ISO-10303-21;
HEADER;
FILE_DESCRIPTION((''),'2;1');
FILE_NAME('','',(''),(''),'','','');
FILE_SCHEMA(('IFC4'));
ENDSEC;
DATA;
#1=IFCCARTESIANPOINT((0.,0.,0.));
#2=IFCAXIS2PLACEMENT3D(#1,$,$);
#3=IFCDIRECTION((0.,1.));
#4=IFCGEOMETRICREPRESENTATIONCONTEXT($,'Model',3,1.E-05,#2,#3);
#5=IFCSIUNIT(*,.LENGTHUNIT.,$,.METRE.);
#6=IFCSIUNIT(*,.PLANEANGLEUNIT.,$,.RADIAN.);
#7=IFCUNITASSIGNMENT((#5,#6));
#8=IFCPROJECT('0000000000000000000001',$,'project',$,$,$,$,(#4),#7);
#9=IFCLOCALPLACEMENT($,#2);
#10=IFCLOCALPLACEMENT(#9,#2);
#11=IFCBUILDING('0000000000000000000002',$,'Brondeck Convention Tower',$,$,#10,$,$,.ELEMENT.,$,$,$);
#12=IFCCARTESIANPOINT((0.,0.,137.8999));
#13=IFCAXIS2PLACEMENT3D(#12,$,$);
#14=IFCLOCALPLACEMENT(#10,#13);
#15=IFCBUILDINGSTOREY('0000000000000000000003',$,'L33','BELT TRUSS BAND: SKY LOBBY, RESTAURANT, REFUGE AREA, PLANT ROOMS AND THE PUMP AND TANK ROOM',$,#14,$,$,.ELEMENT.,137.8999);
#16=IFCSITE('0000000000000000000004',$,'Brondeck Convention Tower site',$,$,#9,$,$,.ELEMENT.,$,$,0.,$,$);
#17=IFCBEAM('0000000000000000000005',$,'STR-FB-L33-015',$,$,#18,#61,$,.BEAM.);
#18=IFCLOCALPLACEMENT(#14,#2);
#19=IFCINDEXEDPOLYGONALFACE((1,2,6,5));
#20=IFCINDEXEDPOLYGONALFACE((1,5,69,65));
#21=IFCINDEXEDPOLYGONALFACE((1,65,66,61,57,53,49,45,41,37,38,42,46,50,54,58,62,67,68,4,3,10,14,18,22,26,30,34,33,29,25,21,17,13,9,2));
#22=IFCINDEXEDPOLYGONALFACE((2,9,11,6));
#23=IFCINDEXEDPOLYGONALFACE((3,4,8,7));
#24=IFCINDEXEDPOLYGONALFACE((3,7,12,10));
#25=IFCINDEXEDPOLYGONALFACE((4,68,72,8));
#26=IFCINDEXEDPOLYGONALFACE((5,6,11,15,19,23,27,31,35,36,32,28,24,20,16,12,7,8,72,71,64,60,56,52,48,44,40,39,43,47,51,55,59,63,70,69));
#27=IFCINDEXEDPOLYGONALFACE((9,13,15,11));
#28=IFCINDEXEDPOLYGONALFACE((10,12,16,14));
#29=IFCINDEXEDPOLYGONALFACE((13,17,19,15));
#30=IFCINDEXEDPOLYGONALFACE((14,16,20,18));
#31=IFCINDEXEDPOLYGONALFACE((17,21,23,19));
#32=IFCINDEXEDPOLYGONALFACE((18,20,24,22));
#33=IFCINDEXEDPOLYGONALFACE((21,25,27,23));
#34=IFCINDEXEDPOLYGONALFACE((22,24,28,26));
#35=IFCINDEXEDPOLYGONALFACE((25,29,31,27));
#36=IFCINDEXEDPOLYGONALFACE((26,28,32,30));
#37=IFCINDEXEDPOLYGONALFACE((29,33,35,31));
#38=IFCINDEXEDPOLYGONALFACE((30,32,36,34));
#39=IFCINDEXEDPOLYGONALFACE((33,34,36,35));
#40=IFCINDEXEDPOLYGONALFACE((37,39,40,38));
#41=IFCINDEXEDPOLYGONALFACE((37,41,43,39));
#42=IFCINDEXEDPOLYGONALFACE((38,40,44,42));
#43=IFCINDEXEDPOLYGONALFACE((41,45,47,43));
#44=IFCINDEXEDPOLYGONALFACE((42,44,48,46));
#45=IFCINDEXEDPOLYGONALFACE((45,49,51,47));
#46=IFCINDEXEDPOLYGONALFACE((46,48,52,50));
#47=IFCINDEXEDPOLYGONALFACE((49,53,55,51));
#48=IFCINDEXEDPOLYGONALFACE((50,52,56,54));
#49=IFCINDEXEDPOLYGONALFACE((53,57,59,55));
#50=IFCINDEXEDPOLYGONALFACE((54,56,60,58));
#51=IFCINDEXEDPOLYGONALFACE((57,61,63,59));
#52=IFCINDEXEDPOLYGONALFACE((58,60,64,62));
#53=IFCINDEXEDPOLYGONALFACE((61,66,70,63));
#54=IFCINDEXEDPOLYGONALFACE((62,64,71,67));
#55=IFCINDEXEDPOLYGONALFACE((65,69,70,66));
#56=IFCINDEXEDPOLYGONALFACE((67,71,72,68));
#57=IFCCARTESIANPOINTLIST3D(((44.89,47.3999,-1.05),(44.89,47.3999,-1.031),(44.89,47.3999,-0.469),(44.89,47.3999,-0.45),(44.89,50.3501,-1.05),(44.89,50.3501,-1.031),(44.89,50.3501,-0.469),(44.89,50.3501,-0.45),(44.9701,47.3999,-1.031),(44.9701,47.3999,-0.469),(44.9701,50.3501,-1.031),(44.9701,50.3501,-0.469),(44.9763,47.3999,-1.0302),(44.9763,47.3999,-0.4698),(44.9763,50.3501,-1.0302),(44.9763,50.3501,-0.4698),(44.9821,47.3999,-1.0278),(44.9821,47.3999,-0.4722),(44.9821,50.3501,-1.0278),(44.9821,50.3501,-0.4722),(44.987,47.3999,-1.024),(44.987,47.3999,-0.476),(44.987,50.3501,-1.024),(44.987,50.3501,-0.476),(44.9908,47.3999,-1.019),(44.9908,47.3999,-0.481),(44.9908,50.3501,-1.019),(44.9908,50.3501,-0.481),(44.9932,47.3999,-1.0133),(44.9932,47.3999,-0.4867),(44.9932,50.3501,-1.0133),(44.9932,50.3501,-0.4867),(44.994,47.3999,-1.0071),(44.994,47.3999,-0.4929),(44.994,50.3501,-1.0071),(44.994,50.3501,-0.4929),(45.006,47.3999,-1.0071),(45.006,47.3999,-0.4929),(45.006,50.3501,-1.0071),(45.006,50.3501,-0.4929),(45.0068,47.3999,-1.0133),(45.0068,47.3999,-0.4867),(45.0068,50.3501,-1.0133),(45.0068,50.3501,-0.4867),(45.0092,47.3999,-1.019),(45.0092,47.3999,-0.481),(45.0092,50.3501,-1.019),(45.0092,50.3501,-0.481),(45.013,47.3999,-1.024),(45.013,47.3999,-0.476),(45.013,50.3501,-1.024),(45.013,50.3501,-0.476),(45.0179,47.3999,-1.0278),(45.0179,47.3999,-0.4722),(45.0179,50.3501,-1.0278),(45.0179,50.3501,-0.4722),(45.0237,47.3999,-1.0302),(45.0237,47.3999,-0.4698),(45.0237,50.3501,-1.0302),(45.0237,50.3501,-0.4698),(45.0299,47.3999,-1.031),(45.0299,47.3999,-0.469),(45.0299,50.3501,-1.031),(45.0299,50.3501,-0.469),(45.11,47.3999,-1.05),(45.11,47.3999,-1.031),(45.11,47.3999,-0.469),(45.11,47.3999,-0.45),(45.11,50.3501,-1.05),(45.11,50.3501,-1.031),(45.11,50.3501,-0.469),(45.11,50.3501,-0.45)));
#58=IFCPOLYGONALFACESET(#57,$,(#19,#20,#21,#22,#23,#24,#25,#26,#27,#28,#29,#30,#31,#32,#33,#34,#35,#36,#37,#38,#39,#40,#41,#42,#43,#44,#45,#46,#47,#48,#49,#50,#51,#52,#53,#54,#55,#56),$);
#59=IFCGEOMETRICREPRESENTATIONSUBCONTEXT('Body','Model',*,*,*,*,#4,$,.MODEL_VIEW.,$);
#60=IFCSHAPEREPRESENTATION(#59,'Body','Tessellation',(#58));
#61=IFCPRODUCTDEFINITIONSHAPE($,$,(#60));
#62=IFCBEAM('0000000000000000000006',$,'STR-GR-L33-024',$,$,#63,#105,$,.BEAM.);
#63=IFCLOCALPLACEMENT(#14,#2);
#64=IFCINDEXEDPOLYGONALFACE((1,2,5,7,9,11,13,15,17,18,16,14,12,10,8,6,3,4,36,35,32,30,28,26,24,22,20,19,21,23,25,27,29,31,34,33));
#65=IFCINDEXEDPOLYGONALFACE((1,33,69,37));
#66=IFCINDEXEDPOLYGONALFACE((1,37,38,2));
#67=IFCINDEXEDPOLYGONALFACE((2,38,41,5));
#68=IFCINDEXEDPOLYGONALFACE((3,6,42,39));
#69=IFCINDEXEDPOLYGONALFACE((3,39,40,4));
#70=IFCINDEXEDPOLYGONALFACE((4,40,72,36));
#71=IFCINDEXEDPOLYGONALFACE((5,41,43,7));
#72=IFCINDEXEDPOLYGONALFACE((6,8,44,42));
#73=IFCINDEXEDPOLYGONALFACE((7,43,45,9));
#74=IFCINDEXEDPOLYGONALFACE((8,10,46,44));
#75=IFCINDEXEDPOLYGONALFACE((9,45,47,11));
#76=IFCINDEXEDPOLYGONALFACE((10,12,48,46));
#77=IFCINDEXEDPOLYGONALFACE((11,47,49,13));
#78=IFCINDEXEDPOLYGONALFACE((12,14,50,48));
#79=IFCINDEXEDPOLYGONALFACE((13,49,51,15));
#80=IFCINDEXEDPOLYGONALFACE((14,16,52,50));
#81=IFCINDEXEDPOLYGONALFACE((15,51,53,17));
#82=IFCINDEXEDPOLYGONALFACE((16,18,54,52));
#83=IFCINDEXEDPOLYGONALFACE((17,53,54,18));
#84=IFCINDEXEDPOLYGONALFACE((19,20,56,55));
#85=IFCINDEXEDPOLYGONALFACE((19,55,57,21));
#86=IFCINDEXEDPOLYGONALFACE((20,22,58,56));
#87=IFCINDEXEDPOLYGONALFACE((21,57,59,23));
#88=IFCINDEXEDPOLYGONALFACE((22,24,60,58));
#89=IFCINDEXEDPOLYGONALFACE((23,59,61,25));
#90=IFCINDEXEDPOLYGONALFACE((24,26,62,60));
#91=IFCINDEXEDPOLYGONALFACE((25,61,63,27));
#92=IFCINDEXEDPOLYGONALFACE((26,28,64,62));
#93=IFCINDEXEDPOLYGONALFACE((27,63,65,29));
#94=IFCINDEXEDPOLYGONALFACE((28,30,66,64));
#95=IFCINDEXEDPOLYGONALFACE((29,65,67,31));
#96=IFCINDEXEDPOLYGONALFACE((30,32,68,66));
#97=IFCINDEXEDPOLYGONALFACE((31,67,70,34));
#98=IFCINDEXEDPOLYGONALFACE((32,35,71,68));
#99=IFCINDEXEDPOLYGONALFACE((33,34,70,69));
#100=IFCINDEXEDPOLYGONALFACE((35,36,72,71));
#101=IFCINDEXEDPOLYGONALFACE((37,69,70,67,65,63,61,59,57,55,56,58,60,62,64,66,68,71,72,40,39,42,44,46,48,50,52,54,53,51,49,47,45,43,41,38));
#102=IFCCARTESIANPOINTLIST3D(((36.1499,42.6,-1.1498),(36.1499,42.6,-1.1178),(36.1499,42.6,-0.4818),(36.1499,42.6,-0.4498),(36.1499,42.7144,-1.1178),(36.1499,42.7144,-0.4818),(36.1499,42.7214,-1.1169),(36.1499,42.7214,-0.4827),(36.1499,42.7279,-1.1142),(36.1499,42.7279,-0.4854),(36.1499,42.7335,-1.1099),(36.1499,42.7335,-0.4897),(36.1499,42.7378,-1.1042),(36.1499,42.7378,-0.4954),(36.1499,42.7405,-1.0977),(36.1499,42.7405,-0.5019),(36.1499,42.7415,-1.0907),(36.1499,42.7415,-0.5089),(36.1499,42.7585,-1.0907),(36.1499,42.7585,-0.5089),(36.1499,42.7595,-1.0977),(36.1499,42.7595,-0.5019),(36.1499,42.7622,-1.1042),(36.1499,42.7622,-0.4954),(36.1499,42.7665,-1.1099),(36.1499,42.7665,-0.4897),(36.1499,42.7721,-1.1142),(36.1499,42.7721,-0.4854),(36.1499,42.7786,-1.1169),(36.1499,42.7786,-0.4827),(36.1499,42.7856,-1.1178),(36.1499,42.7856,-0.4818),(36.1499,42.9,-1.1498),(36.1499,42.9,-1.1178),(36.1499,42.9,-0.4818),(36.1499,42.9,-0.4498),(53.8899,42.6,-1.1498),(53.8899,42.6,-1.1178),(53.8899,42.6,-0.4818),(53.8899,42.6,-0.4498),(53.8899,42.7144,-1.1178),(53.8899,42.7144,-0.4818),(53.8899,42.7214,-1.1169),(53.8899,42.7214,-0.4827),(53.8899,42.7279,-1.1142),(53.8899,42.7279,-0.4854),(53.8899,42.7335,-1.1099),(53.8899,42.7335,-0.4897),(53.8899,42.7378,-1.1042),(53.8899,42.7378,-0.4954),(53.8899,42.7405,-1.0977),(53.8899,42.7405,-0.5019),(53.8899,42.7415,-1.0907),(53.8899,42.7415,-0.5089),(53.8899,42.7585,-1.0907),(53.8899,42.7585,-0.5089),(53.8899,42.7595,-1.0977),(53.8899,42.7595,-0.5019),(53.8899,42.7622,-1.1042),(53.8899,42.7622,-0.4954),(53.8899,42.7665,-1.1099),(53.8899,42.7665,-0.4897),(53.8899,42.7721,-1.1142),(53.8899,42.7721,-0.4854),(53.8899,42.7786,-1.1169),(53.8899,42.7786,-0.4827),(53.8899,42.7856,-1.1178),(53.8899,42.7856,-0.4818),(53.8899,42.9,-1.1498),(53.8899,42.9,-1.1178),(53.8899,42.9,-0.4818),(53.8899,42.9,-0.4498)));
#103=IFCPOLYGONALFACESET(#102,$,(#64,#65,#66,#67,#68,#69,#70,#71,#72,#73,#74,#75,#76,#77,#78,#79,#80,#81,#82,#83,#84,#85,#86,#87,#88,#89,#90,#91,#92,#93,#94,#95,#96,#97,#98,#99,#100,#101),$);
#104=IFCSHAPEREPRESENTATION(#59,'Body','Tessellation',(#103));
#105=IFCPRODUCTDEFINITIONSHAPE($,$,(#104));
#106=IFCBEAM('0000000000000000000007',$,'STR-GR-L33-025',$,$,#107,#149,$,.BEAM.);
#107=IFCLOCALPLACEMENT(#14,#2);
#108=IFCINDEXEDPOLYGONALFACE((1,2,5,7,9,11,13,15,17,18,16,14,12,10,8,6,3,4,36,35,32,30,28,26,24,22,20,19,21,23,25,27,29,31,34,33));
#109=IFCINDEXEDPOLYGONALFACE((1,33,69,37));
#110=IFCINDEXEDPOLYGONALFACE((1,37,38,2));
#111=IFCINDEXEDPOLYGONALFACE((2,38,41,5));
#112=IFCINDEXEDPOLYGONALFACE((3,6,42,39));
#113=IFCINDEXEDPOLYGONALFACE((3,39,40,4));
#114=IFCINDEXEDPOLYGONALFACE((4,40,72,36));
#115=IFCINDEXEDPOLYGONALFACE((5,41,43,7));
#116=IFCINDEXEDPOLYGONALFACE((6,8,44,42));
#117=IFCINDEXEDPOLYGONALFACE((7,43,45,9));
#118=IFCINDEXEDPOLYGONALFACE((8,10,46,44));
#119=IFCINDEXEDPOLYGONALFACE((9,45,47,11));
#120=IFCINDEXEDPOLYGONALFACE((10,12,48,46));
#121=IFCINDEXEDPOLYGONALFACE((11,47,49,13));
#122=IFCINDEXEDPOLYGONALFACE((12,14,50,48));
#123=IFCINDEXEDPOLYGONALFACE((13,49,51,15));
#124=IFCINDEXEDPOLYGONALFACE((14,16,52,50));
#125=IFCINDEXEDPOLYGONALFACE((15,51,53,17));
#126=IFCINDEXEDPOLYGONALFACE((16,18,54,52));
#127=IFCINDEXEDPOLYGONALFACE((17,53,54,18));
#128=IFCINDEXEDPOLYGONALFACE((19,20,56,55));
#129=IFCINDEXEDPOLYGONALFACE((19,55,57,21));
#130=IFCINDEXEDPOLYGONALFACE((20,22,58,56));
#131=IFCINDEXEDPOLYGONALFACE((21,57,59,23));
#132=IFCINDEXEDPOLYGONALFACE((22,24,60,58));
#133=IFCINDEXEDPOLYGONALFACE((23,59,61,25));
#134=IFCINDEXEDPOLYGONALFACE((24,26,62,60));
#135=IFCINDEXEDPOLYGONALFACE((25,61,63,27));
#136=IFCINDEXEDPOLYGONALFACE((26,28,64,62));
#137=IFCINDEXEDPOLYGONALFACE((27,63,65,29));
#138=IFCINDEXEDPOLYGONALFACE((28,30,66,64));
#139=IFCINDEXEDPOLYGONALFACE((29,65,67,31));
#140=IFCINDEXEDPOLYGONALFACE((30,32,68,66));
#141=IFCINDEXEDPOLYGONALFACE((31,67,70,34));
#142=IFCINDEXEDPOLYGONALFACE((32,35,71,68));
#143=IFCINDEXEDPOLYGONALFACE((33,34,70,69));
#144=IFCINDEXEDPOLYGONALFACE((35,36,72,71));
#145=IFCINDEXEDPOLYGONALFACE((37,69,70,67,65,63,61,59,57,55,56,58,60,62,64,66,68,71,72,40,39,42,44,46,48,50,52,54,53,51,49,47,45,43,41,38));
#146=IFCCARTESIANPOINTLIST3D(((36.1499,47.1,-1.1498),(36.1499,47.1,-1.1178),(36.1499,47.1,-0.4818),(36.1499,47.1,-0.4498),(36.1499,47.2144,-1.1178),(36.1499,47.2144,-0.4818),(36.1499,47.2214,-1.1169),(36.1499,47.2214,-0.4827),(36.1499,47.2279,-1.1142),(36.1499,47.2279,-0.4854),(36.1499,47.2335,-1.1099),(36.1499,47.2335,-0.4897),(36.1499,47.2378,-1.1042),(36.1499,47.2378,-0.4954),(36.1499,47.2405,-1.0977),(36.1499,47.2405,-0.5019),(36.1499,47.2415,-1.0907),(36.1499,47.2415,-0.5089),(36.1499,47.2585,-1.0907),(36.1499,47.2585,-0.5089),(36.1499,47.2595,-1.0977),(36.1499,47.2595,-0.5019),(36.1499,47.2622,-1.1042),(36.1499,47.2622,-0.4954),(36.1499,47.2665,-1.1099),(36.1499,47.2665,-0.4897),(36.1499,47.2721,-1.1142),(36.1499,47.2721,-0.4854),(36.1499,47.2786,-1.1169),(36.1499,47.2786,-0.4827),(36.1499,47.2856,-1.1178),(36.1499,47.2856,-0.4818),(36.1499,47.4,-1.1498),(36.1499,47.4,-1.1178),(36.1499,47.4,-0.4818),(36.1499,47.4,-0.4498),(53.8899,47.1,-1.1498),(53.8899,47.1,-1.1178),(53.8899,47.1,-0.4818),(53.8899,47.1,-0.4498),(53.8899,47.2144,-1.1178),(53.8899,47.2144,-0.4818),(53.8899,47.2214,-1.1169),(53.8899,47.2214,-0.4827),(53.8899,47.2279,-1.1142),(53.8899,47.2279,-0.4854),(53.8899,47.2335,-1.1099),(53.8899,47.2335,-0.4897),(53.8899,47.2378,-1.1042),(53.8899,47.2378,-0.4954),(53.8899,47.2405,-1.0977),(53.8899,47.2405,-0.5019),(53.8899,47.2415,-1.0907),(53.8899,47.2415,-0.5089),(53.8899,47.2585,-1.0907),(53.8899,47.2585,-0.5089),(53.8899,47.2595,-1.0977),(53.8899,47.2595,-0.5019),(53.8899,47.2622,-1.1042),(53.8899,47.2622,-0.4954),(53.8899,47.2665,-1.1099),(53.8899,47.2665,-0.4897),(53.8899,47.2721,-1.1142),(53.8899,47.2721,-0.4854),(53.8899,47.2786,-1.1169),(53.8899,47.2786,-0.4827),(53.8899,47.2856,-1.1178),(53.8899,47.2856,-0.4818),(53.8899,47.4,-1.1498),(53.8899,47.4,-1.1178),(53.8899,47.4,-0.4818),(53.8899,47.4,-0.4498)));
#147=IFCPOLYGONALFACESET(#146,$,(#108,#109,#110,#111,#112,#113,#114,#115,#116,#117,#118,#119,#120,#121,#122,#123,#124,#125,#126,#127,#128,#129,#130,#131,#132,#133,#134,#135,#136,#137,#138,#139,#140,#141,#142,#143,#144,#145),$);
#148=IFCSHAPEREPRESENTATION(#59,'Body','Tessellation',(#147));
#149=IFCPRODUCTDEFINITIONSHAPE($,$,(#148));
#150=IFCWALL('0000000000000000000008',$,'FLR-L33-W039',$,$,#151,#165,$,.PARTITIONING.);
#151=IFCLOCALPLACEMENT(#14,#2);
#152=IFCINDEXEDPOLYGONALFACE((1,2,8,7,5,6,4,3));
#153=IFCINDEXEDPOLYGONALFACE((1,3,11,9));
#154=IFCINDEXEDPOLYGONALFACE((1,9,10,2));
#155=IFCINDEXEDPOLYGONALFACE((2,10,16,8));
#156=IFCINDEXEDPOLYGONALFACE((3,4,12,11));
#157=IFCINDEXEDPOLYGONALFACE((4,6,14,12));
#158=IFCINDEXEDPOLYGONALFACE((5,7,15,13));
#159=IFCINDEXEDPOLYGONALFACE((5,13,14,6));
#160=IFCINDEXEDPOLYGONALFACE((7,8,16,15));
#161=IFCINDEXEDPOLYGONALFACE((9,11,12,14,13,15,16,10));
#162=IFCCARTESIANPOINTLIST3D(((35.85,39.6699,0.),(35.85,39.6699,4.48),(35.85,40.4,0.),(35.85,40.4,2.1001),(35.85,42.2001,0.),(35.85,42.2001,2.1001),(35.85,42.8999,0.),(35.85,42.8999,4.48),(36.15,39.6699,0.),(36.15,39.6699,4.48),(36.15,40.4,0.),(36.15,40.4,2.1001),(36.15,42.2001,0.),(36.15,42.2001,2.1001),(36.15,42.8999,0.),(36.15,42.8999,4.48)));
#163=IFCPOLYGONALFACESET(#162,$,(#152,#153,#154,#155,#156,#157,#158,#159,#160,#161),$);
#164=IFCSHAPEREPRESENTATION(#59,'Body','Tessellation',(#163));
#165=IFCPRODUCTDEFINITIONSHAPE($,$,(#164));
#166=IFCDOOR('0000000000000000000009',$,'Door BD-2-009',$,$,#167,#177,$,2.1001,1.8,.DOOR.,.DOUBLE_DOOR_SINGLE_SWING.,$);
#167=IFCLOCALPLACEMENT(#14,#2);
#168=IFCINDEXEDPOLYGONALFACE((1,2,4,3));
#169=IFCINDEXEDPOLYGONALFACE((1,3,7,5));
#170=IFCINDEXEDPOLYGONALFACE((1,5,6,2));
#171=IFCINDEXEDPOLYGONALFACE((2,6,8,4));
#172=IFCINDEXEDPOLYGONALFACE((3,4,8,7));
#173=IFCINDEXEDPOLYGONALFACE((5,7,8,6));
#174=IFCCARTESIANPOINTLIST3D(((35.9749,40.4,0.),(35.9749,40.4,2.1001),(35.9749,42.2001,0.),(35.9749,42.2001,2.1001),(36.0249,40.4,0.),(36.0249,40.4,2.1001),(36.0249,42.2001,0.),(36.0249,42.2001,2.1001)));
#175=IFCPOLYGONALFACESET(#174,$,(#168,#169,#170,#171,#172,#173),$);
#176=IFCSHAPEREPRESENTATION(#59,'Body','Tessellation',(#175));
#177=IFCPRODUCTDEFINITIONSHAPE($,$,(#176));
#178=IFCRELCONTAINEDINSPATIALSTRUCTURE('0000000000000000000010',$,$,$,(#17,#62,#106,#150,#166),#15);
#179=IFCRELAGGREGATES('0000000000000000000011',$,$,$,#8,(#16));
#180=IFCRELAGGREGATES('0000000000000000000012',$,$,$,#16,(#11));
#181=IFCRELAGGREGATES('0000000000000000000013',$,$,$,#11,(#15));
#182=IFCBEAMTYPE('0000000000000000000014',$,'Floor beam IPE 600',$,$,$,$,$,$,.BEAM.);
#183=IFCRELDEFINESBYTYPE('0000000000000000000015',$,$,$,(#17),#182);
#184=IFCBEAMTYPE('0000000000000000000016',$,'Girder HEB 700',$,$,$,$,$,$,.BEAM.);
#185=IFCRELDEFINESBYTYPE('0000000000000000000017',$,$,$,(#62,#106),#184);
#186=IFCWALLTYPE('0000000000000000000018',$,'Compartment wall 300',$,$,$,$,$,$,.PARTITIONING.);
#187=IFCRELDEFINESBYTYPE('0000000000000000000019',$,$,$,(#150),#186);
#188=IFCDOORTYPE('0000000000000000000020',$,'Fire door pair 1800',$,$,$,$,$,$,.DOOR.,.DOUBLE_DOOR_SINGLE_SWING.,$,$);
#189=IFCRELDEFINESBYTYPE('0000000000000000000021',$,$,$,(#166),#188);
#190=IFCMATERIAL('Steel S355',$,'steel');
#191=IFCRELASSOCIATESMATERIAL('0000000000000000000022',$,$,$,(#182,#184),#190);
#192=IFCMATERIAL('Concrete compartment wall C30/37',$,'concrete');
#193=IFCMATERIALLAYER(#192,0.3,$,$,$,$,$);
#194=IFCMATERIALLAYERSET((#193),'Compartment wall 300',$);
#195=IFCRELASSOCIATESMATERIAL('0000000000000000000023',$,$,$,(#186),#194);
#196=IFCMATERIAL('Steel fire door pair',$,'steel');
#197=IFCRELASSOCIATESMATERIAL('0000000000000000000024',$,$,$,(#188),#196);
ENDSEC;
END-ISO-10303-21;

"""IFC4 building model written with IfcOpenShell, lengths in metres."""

from ifc_helpers import new_model, si_unit, direction, frame, frame_2d, origin, origin_2d, place, context, subcontext, project, spatial, rectangle, i_section, extrude, material, layer, layer_set, material_profile, profile_set, type_object, element, fill, save


model = new_model("IFC4")

# Units and contexts
model_context = context("Model", 3, precision=1e-05, world=origin(), true_north=direction((0.0, 1.0)))
body_context = subcontext(model_context, "Body", "Model", "MODEL_VIEW")
ifc_project = project(units=[si_unit("LENGTHUNIT", "METRE"), si_unit("PLANEANGLEUNIT", "RADIAN")], contexts=[model_context])

# Site, building, storey
site_placement = place(None, origin())
site = spatial("IfcSite", under=ifc_project, at=site_placement, Name="Brondeck Convention Tower site", CompositionType="ELEMENT", RefElevation=0.0)
building_placement = place(site_placement, origin())
building = spatial("IfcBuilding", under=site, at=building_placement, Name="Brondeck Convention Tower", CompositionType="ELEMENT")
storey_placement = place(building_placement, frame((0.0, 0.0, 137.8999)))
storey = spatial("IfcBuildingStorey", under=building, at=storey_placement, Name="L33", Description="BELT TRUSS BAND: SKY LOBBY, RESTAURANT, REFUGE AREA, PLANT ROOMS AND THE PUMP AND TANK ROOM", CompositionType="ELEMENT", Elevation=137.8999)

# Beams
ifc_material_1 = material(Name="Steel S355", Category="steel")
ifc_material_profile_1 = material_profile(ifc_material_1, i_section(OverallWidth=0.22, OverallDepth=0.6001, WebThickness=0.012, FlangeThickness=0.019, FilletRadius=0.0239, at=origin_2d()), Name="IPE 600")
ifc_profile_set_1 = profile_set([ifc_material_profile_1], Name="Steel S355")
beam_type_1 = type_object("IfcBeamType", Name="Floor beam IPE 600", PredefinedType="BEAM", material=ifc_profile_set_1)
beam_placement = place(storey_placement, frame((45.0, 47.3999, -0.75), z_axis=(0.0, 1.0, 0.0), x_axis=(-1.0, 0.0, 0.0)))
element("IfcBeam", 1, at=beam_placement, inside=storey, type_object=beam_type_1, Name="STR-FB-L33-015", PredefinedType="BEAM", context=body_context, shape_type="SweptSolid", body=[
    extrude(i_section(OverallWidth=0.22, OverallDepth=0.6001, WebThickness=0.012, FlangeThickness=0.019, FilletRadius=0.0239, at=origin_2d()), origin(), (0.0, 0.0, 1.0), 2.9502),
])
ifc_material_profile_2 = material_profile(ifc_material_1, i_section(OverallWidth=0.3, OverallDepth=0.7, WebThickness=0.0171, FlangeThickness=0.032, FilletRadius=0.0271, at=origin_2d()), Name="HEB 700")
ifc_profile_set_2 = profile_set([ifc_material_profile_2], Name="Steel S355")
beam_type_2 = type_object("IfcBeamType", Name="Girder HEB 700", PredefinedType="BEAM", material=ifc_profile_set_2)
for number, where, z_axis, x_axis, name in (
    (2, (36.1499, 42.75, -0.7998), (1.0, 0.0, 0.0), (0.0, 1.0, 0.0), "STR-GR-L33-024"),
    (3, (36.1499, 47.25, -0.7998), (1.0, 0.0, 0.0), (0.0, 1.0, 0.0), "STR-GR-L33-025"),
):
    element("IfcBeam", number, at=place(storey_placement, frame(where, z_axis=z_axis, x_axis=x_axis)), inside=storey, type_object=beam_type_2, Name=name, PredefinedType="BEAM", context=body_context, shape_type="SweptSolid", body=[
        extrude(i_section(OverallWidth=0.3, OverallDepth=0.7, WebThickness=0.0171, FlangeThickness=0.032, FilletRadius=0.0271, at=origin_2d()), origin(), (0.0, 0.0, 1.0), 17.74),
    ])

# Wall, opening, door
ifc_material_2 = material(Name="Concrete compartment wall C30/37", Category="concrete")
ifc_layer_1 = layer(ifc_material_2, 0.3)
ifc_layer_set_1 = layer_set([ifc_layer_1], Name="Compartment wall 300")
wall_type_1 = type_object("IfcWallType", Name="Compartment wall 300", PredefinedType="PARTITIONING", material=ifc_layer_set_1)
wall_1_placement = place(storey_placement, frame((36.0, 42.8999, 0.0), z_axis=(0.0, 0.0, 1.0), x_axis=(0.0, -1.0, 0.0)))
wall_1 = element("IfcWall", 4, at=wall_1_placement, inside=storey, type_object=wall_type_1, Name="FLR-L33-W039", PredefinedType="PARTITIONING", context=body_context, shape_type="SweptSolid", body=[
    extrude(rectangle(XDim=3.23, YDim=0.3, at=frame_2d((1.615, 0.0))), origin(), (0.0, 0.0, 1.0), 4.48),
])
opening_1_placement = place(wall_1_placement, frame((0.7, 0.0, 0.0)))
opening_1 = element("IfcOpeningElement", 5, at=opening_1_placement, cuts=wall_1, PredefinedType="OPENING", context=body_context, shape_type="SweptSolid", body=[
    extrude(rectangle(XDim=1.8, YDim=2.1001, at=frame_2d((0.8999, 1.05))), frame((0.0, 0.1599, 0.0), z_axis=(0.0, -1.0, 0.0), x_axis=(1.0, 0.0, 0.0)), (0.0, 0.0, 1.0), 0.3201),
])
ifc_material_3 = material(Name="Steel fire door pair", Category="steel")
door_type_1 = type_object("IfcDoorType", Name="Fire door pair 1800", OperationType="DOUBLE_DOOR_SINGLE_SWING", PredefinedType="DOOR", material=ifc_material_3)
door_1_placement = place(opening_1_placement, origin())
door_1 = element("IfcDoor", 6, at=door_1_placement, inside=storey, type_object=door_type_1, Name="Door BD-2-009", OperationType="DOUBLE_DOOR_SINGLE_SWING", OverallHeight=2.1001, OverallWidth=1.8, PredefinedType="DOOR", context=body_context, shape_type="SweptSolid", body=[
    extrude(rectangle(XDim=1.8, YDim=2.1001, at=frame_2d((0.8999, 1.05))), frame((0.0, 0.0249, 0.0), z_axis=(0.0, -1.0, 0.0), x_axis=(1.0, 0.0, 0.0)), (0.0, 0.0, 1.0), 0.05),
])
fill(opening_1, door_1)

save(model, "model.ifc")
